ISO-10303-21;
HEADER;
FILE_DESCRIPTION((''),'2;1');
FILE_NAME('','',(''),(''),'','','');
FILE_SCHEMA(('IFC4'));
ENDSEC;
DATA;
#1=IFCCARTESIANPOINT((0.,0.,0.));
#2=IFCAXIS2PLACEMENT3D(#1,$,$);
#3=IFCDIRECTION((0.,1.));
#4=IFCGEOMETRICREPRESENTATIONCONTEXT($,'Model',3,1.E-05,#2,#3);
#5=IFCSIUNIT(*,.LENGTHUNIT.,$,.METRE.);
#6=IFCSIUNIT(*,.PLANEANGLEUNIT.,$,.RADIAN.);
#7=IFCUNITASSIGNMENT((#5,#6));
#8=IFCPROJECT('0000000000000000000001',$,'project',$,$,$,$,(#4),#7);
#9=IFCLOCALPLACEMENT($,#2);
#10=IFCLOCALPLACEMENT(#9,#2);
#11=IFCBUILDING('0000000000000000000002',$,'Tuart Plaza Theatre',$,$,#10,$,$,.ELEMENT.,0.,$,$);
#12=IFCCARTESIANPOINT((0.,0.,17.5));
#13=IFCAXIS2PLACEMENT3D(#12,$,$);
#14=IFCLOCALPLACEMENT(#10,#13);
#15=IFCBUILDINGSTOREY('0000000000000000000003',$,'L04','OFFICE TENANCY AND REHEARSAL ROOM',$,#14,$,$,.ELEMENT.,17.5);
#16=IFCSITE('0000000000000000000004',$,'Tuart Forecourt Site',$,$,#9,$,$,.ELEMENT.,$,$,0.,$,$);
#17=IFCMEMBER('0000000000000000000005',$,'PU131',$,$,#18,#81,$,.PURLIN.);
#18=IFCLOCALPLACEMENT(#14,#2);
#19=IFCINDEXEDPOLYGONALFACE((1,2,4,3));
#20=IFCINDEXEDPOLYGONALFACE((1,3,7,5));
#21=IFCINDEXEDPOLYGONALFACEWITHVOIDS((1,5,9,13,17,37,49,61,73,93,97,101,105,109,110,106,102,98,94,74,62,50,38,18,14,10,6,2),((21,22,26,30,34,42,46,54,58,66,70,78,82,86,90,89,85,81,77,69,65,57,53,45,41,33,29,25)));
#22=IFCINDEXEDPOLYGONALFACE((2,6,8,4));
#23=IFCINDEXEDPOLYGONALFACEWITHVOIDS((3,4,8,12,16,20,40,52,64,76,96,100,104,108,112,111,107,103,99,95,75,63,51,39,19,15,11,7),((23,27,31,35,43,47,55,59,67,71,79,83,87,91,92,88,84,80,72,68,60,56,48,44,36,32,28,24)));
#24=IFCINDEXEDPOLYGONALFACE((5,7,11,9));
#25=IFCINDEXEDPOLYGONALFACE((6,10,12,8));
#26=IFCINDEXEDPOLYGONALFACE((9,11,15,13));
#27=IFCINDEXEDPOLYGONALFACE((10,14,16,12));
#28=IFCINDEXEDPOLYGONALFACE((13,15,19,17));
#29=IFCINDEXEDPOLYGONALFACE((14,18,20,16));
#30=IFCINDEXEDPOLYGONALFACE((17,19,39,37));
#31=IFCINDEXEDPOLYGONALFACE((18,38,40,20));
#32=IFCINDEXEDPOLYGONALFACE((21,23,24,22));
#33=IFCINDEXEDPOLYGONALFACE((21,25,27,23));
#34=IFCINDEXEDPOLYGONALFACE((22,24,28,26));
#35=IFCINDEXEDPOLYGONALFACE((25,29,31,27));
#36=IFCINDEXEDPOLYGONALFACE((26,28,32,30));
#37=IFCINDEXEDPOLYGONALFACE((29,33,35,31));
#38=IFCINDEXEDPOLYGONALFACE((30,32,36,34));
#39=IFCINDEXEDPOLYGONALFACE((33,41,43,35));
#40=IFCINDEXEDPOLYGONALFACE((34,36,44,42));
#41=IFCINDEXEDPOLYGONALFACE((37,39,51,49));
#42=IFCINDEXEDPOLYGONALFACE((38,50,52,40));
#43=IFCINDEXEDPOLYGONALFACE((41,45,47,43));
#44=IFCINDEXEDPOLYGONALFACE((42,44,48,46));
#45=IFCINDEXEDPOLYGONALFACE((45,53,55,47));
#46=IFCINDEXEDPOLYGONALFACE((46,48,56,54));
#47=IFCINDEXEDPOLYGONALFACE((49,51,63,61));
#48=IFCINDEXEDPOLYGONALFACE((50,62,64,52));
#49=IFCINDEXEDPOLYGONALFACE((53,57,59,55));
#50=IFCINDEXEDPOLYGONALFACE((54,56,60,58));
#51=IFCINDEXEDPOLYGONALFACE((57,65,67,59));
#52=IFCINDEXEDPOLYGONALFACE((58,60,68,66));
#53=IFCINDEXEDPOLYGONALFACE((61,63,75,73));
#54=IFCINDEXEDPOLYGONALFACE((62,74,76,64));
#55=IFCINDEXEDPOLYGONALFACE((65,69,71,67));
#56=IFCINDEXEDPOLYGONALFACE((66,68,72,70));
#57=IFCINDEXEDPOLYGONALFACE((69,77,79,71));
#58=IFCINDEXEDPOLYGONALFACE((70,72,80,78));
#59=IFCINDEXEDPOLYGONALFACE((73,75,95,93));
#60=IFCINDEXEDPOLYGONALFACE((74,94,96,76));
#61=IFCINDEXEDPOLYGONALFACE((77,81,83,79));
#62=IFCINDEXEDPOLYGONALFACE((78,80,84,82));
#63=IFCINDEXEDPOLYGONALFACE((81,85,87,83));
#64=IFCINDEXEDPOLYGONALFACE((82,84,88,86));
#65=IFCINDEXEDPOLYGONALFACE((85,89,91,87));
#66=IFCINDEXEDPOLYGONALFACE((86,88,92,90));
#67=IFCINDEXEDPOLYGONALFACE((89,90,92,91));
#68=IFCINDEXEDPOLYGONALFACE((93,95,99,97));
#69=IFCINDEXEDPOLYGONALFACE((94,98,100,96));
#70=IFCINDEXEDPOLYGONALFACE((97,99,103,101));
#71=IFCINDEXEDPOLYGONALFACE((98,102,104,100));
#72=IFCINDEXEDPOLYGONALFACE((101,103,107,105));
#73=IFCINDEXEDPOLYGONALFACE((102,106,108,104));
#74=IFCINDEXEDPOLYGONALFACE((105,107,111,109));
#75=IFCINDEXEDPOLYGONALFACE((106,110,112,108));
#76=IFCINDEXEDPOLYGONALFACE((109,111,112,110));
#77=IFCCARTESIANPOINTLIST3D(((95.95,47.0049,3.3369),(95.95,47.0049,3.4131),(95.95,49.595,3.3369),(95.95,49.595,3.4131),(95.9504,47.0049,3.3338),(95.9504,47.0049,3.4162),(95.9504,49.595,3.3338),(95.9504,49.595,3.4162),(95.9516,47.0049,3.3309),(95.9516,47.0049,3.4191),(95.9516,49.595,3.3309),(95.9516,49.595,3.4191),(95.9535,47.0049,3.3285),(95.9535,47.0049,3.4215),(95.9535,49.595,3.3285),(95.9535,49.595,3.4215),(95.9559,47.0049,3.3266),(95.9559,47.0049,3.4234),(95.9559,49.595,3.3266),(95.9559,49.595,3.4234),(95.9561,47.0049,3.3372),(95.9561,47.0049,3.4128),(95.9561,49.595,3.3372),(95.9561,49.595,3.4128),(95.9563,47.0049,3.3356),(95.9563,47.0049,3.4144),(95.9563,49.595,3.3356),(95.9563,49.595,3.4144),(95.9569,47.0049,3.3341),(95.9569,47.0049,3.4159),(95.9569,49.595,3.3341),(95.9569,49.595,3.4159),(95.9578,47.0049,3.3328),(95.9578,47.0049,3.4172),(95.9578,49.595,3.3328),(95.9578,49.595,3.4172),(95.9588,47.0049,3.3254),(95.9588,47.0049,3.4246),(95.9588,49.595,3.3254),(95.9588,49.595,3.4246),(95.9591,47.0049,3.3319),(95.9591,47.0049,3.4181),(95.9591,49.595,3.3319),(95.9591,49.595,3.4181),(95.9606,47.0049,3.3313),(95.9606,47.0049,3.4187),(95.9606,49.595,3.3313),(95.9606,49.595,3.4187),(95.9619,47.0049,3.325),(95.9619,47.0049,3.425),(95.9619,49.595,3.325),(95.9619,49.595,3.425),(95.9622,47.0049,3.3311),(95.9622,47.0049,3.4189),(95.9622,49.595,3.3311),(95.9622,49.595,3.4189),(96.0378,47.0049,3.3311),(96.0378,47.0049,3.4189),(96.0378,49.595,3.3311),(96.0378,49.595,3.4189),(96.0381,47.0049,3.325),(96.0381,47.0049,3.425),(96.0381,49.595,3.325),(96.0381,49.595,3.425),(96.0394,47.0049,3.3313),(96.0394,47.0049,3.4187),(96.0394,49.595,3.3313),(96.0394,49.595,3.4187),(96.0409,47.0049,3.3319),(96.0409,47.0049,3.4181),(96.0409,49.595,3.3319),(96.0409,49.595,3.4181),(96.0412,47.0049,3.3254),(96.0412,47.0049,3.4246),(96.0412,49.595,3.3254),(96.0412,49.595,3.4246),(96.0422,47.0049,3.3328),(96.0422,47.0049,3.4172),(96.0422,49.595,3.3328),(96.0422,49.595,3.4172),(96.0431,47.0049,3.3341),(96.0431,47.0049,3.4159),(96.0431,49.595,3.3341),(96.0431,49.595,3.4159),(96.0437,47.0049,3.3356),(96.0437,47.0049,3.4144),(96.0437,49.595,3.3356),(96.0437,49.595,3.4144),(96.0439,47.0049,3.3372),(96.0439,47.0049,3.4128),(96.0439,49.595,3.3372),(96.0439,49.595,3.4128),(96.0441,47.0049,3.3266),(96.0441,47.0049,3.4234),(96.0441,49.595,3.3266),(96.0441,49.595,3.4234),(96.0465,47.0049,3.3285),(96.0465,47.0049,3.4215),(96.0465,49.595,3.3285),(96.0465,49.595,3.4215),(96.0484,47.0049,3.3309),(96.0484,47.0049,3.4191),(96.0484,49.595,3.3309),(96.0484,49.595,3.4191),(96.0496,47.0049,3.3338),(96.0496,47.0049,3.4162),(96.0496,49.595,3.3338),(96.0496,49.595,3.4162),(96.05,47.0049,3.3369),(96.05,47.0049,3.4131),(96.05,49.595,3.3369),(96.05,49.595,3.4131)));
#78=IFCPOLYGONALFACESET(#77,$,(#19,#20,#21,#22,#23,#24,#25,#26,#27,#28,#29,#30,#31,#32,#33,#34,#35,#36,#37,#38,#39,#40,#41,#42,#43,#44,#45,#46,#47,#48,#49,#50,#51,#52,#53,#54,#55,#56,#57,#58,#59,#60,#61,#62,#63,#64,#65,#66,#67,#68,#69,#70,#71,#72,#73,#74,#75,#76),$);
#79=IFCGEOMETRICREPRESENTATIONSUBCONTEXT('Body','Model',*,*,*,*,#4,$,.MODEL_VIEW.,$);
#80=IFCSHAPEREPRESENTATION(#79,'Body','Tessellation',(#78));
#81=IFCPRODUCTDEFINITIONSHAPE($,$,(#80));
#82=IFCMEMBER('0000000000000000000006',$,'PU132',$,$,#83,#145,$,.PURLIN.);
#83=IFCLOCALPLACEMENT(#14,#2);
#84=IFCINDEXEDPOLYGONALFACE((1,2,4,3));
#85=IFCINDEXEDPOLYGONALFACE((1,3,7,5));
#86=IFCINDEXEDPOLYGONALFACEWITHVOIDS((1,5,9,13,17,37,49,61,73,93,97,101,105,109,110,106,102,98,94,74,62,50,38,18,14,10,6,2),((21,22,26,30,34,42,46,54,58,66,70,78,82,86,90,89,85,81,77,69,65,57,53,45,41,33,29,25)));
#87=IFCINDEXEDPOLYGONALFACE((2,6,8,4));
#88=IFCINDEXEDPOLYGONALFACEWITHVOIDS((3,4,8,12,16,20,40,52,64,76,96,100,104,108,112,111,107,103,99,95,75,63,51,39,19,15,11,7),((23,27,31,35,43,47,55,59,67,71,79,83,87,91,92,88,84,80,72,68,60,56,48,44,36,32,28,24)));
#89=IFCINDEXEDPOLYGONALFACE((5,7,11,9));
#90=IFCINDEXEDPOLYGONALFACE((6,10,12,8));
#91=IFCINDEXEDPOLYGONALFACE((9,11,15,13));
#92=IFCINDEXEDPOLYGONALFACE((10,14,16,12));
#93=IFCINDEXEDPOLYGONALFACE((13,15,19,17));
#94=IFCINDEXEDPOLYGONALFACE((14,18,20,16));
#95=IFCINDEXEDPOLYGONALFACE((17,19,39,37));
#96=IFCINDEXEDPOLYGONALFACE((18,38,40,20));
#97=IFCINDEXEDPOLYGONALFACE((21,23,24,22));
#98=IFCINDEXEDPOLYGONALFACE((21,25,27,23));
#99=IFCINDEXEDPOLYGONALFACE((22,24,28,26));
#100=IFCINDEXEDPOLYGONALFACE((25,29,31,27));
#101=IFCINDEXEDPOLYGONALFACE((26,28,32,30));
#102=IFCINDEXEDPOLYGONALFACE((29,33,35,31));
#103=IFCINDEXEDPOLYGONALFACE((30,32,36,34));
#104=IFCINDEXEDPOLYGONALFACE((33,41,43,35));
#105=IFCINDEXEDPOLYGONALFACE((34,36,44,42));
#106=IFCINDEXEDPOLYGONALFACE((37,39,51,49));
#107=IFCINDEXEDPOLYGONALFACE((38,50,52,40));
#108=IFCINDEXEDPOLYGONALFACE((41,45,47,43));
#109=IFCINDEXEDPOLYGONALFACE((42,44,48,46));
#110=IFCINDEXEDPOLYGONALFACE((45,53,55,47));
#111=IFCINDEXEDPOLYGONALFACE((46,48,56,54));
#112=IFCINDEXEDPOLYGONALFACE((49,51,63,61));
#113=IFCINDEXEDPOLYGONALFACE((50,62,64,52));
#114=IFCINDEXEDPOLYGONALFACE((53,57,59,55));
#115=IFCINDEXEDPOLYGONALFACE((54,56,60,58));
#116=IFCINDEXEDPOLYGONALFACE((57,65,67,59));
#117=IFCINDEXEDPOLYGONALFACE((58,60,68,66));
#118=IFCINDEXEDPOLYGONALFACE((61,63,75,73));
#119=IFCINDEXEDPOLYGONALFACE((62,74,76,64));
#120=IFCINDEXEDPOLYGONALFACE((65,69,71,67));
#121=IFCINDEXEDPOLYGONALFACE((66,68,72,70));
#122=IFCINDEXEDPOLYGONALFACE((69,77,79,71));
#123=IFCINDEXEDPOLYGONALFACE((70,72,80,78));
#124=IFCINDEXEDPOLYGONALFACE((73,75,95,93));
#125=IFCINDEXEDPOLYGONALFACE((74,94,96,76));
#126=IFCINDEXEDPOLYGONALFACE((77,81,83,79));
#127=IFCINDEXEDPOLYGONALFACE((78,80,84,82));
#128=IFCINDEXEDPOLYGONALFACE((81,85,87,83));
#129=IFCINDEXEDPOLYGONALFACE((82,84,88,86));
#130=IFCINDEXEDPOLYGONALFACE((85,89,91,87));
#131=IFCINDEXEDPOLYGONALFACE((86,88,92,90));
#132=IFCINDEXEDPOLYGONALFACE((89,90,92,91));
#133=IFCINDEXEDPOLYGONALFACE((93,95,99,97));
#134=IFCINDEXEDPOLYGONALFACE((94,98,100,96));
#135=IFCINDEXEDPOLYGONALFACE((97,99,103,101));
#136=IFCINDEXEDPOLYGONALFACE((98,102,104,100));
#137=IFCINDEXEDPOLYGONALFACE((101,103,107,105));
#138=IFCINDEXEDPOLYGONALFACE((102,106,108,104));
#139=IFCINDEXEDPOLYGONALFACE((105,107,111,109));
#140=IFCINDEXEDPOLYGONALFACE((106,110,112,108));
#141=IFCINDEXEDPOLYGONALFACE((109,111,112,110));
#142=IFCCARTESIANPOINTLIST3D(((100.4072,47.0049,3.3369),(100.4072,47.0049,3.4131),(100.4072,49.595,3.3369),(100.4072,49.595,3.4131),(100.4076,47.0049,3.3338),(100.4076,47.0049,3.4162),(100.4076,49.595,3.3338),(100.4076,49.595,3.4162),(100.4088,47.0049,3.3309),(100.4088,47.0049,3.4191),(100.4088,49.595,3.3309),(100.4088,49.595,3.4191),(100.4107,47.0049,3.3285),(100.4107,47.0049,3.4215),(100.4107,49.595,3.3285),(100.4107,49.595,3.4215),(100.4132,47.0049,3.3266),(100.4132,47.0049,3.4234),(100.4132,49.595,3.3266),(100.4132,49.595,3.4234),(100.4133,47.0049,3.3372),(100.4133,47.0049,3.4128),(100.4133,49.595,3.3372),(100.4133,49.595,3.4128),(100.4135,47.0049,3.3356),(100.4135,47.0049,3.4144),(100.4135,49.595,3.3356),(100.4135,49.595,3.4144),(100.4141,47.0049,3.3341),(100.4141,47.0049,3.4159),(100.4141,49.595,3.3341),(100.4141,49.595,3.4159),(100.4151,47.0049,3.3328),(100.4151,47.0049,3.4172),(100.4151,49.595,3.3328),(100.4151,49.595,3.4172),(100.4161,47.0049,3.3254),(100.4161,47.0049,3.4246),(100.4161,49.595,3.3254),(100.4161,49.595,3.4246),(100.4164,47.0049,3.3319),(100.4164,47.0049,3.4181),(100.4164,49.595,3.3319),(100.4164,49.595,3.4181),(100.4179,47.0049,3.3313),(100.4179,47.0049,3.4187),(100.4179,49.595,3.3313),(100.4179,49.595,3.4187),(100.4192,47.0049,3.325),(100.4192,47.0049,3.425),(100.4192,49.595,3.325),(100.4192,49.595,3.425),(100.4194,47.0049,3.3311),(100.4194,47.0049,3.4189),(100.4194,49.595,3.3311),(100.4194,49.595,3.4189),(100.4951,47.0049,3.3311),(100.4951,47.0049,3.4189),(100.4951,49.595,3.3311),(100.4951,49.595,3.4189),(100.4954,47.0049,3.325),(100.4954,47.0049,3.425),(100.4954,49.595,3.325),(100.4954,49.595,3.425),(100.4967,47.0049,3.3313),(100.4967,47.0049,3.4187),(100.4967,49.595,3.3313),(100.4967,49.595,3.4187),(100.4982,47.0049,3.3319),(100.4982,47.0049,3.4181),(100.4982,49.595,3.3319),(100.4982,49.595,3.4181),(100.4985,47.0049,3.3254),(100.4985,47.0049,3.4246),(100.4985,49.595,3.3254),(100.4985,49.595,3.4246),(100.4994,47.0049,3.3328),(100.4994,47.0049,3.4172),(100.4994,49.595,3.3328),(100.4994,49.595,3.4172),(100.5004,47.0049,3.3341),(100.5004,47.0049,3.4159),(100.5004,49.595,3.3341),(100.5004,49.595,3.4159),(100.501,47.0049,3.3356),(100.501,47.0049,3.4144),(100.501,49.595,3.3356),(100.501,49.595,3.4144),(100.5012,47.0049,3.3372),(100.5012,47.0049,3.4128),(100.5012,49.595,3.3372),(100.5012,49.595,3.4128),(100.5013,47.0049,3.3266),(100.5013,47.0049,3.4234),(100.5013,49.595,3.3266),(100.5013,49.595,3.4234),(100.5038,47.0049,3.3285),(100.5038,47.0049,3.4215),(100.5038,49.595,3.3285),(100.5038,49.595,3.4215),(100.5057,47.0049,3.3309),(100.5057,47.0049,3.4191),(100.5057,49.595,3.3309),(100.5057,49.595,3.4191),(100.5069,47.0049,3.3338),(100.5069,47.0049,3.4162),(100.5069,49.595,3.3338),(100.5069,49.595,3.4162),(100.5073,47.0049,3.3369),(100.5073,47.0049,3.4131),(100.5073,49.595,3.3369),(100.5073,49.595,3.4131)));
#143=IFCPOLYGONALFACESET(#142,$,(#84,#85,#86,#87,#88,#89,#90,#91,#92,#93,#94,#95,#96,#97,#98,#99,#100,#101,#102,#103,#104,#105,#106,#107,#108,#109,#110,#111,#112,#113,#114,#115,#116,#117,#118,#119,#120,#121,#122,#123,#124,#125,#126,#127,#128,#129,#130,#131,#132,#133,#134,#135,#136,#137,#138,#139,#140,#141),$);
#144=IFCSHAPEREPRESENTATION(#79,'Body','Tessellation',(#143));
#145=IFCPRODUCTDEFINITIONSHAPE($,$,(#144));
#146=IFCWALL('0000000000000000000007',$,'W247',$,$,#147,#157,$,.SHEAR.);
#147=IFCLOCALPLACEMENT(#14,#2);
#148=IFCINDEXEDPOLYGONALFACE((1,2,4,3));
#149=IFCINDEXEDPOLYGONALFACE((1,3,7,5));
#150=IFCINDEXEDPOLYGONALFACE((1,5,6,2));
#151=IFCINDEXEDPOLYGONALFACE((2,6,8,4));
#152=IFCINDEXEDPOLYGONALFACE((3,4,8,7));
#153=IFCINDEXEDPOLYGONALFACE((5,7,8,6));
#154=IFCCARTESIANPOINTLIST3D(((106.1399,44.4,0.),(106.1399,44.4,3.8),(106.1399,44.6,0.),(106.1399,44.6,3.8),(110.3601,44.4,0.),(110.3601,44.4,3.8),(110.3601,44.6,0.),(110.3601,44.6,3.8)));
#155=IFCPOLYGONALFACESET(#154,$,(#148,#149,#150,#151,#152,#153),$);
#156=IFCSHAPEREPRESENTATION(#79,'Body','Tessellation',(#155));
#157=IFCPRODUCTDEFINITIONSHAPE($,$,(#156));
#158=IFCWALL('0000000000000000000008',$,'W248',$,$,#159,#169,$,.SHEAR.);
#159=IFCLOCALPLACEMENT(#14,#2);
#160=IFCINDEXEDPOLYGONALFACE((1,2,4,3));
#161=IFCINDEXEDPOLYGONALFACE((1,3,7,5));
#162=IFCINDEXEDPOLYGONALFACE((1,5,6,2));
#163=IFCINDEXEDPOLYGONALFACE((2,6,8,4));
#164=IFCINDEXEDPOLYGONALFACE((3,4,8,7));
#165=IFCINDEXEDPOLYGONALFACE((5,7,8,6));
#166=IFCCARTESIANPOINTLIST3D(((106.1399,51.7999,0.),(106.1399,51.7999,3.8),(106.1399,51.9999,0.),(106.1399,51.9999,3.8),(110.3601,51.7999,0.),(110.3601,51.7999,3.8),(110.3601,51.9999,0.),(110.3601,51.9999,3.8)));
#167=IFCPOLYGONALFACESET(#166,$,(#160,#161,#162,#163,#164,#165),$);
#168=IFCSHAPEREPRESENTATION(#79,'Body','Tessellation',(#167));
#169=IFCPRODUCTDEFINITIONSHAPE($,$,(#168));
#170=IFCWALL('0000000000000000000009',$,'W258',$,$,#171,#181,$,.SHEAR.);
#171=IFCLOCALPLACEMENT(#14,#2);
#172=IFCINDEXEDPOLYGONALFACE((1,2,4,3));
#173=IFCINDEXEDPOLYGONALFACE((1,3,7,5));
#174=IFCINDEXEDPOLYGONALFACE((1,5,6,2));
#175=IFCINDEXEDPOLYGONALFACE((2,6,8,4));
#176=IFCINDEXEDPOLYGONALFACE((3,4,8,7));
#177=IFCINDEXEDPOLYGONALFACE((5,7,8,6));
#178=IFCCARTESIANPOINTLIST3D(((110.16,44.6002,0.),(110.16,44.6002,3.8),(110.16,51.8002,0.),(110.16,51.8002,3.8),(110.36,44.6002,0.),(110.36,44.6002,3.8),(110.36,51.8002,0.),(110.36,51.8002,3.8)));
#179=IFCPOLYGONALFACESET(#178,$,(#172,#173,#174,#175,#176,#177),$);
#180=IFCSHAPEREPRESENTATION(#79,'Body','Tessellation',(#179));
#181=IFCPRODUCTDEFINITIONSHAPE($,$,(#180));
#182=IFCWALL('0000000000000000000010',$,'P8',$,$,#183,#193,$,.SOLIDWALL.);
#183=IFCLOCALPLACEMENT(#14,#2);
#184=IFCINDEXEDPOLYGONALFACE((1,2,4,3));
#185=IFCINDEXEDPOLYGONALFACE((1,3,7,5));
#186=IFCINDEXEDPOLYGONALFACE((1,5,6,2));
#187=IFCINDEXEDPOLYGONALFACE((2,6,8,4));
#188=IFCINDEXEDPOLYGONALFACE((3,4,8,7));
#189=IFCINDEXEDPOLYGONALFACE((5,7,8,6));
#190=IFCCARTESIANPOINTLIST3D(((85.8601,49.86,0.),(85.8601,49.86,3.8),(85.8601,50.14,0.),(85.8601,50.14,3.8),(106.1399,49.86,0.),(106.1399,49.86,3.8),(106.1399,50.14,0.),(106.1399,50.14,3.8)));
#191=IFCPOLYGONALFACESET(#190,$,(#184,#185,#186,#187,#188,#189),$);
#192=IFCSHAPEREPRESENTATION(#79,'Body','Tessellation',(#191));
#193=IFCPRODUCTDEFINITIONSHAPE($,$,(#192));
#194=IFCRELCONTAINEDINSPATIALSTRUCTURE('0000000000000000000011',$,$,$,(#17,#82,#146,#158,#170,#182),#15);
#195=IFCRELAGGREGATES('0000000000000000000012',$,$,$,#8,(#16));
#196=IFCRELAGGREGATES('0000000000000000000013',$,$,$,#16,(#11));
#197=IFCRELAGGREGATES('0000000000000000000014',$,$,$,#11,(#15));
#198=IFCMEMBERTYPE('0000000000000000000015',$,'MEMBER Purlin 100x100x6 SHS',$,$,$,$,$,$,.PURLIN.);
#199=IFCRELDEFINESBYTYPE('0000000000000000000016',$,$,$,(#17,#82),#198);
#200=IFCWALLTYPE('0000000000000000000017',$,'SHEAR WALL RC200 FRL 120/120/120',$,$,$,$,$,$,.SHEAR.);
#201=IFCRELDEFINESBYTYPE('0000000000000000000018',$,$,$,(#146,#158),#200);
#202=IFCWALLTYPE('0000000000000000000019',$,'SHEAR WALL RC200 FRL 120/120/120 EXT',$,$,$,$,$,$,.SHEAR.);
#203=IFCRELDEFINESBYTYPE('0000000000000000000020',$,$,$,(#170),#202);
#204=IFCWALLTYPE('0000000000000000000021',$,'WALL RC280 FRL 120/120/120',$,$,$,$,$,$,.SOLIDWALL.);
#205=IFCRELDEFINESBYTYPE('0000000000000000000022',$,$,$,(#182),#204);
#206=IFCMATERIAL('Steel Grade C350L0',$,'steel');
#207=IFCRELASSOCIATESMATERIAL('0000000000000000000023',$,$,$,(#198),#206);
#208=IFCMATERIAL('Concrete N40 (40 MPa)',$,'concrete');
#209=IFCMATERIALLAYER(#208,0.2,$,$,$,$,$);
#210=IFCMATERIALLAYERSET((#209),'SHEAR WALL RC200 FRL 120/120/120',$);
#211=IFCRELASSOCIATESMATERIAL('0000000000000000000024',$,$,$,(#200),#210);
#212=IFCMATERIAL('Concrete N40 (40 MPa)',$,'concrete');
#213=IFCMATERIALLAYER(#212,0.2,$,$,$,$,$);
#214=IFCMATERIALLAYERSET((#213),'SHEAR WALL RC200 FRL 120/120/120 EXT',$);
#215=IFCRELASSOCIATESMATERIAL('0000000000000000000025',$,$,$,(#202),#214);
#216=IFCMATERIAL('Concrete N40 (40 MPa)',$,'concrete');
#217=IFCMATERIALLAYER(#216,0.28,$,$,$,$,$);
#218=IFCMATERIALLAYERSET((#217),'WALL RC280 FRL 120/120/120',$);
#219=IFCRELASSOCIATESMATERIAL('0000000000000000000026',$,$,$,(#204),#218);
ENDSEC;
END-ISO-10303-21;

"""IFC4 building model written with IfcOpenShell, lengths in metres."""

from ifc_helpers import new_model, si_unit, direction, frame, frame_2d, origin, origin_2d, place, context, subcontext, project, spatial, rectangle, hollow_rectangle, extrude, material, layer, layer_set, material_profile, profile_set, type_object, element, save


model = new_model("IFC4")

# Units and contexts
model_context = context("Model", 3, precision=1e-05, world=origin(), true_north=direction((0.0, 1.0)))
body_context = subcontext(model_context, "Body", "Model", "MODEL_VIEW")
ifc_project = project(units=[si_unit("LENGTHUNIT", "METRE"), si_unit("PLANEANGLEUNIT", "RADIAN")], contexts=[model_context])

# Site, building, storey
site_placement = place(None, origin())
site = spatial("IfcSite", under=ifc_project, at=site_placement, Name="Tuart Forecourt Site", CompositionType="ELEMENT", RefElevation=0.0)
building_placement = place(site_placement, origin())
building = spatial("IfcBuilding", under=site, at=building_placement, Name="Tuart Plaza Theatre", CompositionType="ELEMENT", ElevationOfRefHeight=0.0)
storey_placement = place(building_placement, frame((0.0, 0.0, 17.5)))
storey = spatial("IfcBuildingStorey", under=building, at=storey_placement, Name="L04", Description="OFFICE TENANCY AND REHEARSAL ROOM", CompositionType="ELEMENT", Elevation=17.5)

# Members
ifc_material_1 = material(Name="Steel Grade C350L0", Category="steel")
ifc_material_profile_1 = material_profile(ifc_material_1, hollow_rectangle(XDim=0.1001, YDim=0.1001, WallThickness=0.0061, InnerFilletRadius=0.0061, OuterFilletRadius=0.012, at=origin_2d()), Name="100x100x6 SHS")
ifc_profile_set_1 = profile_set([ifc_material_profile_1], Name="Steel Grade C350L0")
member_type_1 = type_object("IfcMemberType", Name="MEMBER Purlin 100x100x6 SHS", PredefinedType="PURLIN", material=ifc_profile_set_1)
for number, where, z_axis, x_axis, name in (
    (1, (96.0, 47.0049, 3.375), (0.0, 1.0, 0.0), (-1.0, 0.0, 0.0), "PU131"),
    (2, (100.4573, 47.0049, 3.375), (0.0, 1.0, 0.0), (-1.0, 0.0, 0.0), "PU132"),
):
    element("IfcMember", number, at=place(storey_placement, frame(where, z_axis=z_axis, x_axis=x_axis)), inside=storey, type_object=member_type_1, Name=name, PredefinedType="PURLIN", context=body_context, shape_type="SweptSolid", body=[
        extrude(hollow_rectangle(XDim=0.1001, YDim=0.1001, WallThickness=0.0061, InnerFilletRadius=0.0061, OuterFilletRadius=0.012, at=origin_2d()), origin(), (0.0, 0.0, 1.0), 2.5901),
    ])

# Walls
ifc_material_2 = material(Name="Concrete N40 (40 MPa)", Category="concrete")
ifc_layer_1 = layer(ifc_material_2, 0.2)
ifc_layer_set_1 = layer_set([ifc_layer_1], Name="SHEAR WALL RC200 FRL 120/120/120")
wall_type_1 = type_object("IfcWallType", Name="SHEAR WALL RC200 FRL 120/120/120", PredefinedType="SHEAR", material=ifc_layer_set_1)
for number, where, z_axis, x_axis, name in (
    (3, (106.1399, 44.5, 0.0), (0.0, 0.0, 1.0), (1.0, 0.0, 0.0), "W247"),
    (4, (110.3601, 51.8999, 0.0), (0.0, 0.0, 1.0), (-1.0, 0.0, 0.0), "W248"),
):
    element("IfcWall", number, at=place(storey_placement, frame(where, z_axis=z_axis, x_axis=x_axis)), inside=storey, type_object=wall_type_1, Name=name, PredefinedType="SHEAR", context=body_context, shape_type="SweptSolid", body=[
        extrude(rectangle(XDim=4.2202, YDim=0.2, at=frame_2d((2.1101, 0.0))), origin(), (0.0, 0.0, 1.0), 3.8),
    ])
ifc_material_3 = material(Name="Concrete N40 (40 MPa)", Category="concrete")
ifc_layer_2 = layer(ifc_material_3, 0.2)
ifc_layer_set_2 = layer_set([ifc_layer_2], Name="SHEAR WALL RC200 FRL 120/120/120 EXT")
wall_type_2 = type_object("IfcWallType", Name="SHEAR WALL RC200 FRL 120/120/120 EXT", PredefinedType="SHEAR", material=ifc_layer_set_2)
wall_1_placement = place(storey_placement, frame((110.26, 44.6001, 0.0), z_axis=(0.0, 0.0, 1.0), x_axis=(0.0, 1.0, 0.0)))
element("IfcWall", 5, at=wall_1_placement, inside=storey, type_object=wall_type_2, Name="W258", PredefinedType="SHEAR", context=body_context, shape_type="SweptSolid", body=[
    extrude(rectangle(XDim=7.2, YDim=0.2, at=frame_2d((3.6001, 0.0))), origin(), (0.0, 0.0, 1.0), 3.8),
])
ifc_material_4 = material(Name="Concrete N40 (40 MPa)", Category="concrete")
ifc_layer_3 = layer(ifc_material_4, 0.28)
ifc_layer_set_3 = layer_set([ifc_layer_3], Name="WALL RC280 FRL 120/120/120")
wall_type_3 = type_object("IfcWallType", Name="WALL RC280 FRL 120/120/120", PredefinedType="SOLIDWALL", material=ifc_layer_set_3)
wall_2_placement = place(storey_placement, frame((106.1399, 50.0, 0.0), z_axis=(0.0, 0.0, 1.0), x_axis=(-1.0, 0.0, 0.0)))
element("IfcWall", 6, at=wall_2_placement, inside=storey, type_object=wall_type_3, Name="P8", PredefinedType="SOLIDWALL", context=body_context, shape_type="SweptSolid", body=[
    extrude(rectangle(XDim=20.2798, YDim=0.28, at=frame_2d((10.1399, 0.0))), origin(), (0.0, 0.0, 1.0), 3.8),
])

save(model, "model.ifc")
